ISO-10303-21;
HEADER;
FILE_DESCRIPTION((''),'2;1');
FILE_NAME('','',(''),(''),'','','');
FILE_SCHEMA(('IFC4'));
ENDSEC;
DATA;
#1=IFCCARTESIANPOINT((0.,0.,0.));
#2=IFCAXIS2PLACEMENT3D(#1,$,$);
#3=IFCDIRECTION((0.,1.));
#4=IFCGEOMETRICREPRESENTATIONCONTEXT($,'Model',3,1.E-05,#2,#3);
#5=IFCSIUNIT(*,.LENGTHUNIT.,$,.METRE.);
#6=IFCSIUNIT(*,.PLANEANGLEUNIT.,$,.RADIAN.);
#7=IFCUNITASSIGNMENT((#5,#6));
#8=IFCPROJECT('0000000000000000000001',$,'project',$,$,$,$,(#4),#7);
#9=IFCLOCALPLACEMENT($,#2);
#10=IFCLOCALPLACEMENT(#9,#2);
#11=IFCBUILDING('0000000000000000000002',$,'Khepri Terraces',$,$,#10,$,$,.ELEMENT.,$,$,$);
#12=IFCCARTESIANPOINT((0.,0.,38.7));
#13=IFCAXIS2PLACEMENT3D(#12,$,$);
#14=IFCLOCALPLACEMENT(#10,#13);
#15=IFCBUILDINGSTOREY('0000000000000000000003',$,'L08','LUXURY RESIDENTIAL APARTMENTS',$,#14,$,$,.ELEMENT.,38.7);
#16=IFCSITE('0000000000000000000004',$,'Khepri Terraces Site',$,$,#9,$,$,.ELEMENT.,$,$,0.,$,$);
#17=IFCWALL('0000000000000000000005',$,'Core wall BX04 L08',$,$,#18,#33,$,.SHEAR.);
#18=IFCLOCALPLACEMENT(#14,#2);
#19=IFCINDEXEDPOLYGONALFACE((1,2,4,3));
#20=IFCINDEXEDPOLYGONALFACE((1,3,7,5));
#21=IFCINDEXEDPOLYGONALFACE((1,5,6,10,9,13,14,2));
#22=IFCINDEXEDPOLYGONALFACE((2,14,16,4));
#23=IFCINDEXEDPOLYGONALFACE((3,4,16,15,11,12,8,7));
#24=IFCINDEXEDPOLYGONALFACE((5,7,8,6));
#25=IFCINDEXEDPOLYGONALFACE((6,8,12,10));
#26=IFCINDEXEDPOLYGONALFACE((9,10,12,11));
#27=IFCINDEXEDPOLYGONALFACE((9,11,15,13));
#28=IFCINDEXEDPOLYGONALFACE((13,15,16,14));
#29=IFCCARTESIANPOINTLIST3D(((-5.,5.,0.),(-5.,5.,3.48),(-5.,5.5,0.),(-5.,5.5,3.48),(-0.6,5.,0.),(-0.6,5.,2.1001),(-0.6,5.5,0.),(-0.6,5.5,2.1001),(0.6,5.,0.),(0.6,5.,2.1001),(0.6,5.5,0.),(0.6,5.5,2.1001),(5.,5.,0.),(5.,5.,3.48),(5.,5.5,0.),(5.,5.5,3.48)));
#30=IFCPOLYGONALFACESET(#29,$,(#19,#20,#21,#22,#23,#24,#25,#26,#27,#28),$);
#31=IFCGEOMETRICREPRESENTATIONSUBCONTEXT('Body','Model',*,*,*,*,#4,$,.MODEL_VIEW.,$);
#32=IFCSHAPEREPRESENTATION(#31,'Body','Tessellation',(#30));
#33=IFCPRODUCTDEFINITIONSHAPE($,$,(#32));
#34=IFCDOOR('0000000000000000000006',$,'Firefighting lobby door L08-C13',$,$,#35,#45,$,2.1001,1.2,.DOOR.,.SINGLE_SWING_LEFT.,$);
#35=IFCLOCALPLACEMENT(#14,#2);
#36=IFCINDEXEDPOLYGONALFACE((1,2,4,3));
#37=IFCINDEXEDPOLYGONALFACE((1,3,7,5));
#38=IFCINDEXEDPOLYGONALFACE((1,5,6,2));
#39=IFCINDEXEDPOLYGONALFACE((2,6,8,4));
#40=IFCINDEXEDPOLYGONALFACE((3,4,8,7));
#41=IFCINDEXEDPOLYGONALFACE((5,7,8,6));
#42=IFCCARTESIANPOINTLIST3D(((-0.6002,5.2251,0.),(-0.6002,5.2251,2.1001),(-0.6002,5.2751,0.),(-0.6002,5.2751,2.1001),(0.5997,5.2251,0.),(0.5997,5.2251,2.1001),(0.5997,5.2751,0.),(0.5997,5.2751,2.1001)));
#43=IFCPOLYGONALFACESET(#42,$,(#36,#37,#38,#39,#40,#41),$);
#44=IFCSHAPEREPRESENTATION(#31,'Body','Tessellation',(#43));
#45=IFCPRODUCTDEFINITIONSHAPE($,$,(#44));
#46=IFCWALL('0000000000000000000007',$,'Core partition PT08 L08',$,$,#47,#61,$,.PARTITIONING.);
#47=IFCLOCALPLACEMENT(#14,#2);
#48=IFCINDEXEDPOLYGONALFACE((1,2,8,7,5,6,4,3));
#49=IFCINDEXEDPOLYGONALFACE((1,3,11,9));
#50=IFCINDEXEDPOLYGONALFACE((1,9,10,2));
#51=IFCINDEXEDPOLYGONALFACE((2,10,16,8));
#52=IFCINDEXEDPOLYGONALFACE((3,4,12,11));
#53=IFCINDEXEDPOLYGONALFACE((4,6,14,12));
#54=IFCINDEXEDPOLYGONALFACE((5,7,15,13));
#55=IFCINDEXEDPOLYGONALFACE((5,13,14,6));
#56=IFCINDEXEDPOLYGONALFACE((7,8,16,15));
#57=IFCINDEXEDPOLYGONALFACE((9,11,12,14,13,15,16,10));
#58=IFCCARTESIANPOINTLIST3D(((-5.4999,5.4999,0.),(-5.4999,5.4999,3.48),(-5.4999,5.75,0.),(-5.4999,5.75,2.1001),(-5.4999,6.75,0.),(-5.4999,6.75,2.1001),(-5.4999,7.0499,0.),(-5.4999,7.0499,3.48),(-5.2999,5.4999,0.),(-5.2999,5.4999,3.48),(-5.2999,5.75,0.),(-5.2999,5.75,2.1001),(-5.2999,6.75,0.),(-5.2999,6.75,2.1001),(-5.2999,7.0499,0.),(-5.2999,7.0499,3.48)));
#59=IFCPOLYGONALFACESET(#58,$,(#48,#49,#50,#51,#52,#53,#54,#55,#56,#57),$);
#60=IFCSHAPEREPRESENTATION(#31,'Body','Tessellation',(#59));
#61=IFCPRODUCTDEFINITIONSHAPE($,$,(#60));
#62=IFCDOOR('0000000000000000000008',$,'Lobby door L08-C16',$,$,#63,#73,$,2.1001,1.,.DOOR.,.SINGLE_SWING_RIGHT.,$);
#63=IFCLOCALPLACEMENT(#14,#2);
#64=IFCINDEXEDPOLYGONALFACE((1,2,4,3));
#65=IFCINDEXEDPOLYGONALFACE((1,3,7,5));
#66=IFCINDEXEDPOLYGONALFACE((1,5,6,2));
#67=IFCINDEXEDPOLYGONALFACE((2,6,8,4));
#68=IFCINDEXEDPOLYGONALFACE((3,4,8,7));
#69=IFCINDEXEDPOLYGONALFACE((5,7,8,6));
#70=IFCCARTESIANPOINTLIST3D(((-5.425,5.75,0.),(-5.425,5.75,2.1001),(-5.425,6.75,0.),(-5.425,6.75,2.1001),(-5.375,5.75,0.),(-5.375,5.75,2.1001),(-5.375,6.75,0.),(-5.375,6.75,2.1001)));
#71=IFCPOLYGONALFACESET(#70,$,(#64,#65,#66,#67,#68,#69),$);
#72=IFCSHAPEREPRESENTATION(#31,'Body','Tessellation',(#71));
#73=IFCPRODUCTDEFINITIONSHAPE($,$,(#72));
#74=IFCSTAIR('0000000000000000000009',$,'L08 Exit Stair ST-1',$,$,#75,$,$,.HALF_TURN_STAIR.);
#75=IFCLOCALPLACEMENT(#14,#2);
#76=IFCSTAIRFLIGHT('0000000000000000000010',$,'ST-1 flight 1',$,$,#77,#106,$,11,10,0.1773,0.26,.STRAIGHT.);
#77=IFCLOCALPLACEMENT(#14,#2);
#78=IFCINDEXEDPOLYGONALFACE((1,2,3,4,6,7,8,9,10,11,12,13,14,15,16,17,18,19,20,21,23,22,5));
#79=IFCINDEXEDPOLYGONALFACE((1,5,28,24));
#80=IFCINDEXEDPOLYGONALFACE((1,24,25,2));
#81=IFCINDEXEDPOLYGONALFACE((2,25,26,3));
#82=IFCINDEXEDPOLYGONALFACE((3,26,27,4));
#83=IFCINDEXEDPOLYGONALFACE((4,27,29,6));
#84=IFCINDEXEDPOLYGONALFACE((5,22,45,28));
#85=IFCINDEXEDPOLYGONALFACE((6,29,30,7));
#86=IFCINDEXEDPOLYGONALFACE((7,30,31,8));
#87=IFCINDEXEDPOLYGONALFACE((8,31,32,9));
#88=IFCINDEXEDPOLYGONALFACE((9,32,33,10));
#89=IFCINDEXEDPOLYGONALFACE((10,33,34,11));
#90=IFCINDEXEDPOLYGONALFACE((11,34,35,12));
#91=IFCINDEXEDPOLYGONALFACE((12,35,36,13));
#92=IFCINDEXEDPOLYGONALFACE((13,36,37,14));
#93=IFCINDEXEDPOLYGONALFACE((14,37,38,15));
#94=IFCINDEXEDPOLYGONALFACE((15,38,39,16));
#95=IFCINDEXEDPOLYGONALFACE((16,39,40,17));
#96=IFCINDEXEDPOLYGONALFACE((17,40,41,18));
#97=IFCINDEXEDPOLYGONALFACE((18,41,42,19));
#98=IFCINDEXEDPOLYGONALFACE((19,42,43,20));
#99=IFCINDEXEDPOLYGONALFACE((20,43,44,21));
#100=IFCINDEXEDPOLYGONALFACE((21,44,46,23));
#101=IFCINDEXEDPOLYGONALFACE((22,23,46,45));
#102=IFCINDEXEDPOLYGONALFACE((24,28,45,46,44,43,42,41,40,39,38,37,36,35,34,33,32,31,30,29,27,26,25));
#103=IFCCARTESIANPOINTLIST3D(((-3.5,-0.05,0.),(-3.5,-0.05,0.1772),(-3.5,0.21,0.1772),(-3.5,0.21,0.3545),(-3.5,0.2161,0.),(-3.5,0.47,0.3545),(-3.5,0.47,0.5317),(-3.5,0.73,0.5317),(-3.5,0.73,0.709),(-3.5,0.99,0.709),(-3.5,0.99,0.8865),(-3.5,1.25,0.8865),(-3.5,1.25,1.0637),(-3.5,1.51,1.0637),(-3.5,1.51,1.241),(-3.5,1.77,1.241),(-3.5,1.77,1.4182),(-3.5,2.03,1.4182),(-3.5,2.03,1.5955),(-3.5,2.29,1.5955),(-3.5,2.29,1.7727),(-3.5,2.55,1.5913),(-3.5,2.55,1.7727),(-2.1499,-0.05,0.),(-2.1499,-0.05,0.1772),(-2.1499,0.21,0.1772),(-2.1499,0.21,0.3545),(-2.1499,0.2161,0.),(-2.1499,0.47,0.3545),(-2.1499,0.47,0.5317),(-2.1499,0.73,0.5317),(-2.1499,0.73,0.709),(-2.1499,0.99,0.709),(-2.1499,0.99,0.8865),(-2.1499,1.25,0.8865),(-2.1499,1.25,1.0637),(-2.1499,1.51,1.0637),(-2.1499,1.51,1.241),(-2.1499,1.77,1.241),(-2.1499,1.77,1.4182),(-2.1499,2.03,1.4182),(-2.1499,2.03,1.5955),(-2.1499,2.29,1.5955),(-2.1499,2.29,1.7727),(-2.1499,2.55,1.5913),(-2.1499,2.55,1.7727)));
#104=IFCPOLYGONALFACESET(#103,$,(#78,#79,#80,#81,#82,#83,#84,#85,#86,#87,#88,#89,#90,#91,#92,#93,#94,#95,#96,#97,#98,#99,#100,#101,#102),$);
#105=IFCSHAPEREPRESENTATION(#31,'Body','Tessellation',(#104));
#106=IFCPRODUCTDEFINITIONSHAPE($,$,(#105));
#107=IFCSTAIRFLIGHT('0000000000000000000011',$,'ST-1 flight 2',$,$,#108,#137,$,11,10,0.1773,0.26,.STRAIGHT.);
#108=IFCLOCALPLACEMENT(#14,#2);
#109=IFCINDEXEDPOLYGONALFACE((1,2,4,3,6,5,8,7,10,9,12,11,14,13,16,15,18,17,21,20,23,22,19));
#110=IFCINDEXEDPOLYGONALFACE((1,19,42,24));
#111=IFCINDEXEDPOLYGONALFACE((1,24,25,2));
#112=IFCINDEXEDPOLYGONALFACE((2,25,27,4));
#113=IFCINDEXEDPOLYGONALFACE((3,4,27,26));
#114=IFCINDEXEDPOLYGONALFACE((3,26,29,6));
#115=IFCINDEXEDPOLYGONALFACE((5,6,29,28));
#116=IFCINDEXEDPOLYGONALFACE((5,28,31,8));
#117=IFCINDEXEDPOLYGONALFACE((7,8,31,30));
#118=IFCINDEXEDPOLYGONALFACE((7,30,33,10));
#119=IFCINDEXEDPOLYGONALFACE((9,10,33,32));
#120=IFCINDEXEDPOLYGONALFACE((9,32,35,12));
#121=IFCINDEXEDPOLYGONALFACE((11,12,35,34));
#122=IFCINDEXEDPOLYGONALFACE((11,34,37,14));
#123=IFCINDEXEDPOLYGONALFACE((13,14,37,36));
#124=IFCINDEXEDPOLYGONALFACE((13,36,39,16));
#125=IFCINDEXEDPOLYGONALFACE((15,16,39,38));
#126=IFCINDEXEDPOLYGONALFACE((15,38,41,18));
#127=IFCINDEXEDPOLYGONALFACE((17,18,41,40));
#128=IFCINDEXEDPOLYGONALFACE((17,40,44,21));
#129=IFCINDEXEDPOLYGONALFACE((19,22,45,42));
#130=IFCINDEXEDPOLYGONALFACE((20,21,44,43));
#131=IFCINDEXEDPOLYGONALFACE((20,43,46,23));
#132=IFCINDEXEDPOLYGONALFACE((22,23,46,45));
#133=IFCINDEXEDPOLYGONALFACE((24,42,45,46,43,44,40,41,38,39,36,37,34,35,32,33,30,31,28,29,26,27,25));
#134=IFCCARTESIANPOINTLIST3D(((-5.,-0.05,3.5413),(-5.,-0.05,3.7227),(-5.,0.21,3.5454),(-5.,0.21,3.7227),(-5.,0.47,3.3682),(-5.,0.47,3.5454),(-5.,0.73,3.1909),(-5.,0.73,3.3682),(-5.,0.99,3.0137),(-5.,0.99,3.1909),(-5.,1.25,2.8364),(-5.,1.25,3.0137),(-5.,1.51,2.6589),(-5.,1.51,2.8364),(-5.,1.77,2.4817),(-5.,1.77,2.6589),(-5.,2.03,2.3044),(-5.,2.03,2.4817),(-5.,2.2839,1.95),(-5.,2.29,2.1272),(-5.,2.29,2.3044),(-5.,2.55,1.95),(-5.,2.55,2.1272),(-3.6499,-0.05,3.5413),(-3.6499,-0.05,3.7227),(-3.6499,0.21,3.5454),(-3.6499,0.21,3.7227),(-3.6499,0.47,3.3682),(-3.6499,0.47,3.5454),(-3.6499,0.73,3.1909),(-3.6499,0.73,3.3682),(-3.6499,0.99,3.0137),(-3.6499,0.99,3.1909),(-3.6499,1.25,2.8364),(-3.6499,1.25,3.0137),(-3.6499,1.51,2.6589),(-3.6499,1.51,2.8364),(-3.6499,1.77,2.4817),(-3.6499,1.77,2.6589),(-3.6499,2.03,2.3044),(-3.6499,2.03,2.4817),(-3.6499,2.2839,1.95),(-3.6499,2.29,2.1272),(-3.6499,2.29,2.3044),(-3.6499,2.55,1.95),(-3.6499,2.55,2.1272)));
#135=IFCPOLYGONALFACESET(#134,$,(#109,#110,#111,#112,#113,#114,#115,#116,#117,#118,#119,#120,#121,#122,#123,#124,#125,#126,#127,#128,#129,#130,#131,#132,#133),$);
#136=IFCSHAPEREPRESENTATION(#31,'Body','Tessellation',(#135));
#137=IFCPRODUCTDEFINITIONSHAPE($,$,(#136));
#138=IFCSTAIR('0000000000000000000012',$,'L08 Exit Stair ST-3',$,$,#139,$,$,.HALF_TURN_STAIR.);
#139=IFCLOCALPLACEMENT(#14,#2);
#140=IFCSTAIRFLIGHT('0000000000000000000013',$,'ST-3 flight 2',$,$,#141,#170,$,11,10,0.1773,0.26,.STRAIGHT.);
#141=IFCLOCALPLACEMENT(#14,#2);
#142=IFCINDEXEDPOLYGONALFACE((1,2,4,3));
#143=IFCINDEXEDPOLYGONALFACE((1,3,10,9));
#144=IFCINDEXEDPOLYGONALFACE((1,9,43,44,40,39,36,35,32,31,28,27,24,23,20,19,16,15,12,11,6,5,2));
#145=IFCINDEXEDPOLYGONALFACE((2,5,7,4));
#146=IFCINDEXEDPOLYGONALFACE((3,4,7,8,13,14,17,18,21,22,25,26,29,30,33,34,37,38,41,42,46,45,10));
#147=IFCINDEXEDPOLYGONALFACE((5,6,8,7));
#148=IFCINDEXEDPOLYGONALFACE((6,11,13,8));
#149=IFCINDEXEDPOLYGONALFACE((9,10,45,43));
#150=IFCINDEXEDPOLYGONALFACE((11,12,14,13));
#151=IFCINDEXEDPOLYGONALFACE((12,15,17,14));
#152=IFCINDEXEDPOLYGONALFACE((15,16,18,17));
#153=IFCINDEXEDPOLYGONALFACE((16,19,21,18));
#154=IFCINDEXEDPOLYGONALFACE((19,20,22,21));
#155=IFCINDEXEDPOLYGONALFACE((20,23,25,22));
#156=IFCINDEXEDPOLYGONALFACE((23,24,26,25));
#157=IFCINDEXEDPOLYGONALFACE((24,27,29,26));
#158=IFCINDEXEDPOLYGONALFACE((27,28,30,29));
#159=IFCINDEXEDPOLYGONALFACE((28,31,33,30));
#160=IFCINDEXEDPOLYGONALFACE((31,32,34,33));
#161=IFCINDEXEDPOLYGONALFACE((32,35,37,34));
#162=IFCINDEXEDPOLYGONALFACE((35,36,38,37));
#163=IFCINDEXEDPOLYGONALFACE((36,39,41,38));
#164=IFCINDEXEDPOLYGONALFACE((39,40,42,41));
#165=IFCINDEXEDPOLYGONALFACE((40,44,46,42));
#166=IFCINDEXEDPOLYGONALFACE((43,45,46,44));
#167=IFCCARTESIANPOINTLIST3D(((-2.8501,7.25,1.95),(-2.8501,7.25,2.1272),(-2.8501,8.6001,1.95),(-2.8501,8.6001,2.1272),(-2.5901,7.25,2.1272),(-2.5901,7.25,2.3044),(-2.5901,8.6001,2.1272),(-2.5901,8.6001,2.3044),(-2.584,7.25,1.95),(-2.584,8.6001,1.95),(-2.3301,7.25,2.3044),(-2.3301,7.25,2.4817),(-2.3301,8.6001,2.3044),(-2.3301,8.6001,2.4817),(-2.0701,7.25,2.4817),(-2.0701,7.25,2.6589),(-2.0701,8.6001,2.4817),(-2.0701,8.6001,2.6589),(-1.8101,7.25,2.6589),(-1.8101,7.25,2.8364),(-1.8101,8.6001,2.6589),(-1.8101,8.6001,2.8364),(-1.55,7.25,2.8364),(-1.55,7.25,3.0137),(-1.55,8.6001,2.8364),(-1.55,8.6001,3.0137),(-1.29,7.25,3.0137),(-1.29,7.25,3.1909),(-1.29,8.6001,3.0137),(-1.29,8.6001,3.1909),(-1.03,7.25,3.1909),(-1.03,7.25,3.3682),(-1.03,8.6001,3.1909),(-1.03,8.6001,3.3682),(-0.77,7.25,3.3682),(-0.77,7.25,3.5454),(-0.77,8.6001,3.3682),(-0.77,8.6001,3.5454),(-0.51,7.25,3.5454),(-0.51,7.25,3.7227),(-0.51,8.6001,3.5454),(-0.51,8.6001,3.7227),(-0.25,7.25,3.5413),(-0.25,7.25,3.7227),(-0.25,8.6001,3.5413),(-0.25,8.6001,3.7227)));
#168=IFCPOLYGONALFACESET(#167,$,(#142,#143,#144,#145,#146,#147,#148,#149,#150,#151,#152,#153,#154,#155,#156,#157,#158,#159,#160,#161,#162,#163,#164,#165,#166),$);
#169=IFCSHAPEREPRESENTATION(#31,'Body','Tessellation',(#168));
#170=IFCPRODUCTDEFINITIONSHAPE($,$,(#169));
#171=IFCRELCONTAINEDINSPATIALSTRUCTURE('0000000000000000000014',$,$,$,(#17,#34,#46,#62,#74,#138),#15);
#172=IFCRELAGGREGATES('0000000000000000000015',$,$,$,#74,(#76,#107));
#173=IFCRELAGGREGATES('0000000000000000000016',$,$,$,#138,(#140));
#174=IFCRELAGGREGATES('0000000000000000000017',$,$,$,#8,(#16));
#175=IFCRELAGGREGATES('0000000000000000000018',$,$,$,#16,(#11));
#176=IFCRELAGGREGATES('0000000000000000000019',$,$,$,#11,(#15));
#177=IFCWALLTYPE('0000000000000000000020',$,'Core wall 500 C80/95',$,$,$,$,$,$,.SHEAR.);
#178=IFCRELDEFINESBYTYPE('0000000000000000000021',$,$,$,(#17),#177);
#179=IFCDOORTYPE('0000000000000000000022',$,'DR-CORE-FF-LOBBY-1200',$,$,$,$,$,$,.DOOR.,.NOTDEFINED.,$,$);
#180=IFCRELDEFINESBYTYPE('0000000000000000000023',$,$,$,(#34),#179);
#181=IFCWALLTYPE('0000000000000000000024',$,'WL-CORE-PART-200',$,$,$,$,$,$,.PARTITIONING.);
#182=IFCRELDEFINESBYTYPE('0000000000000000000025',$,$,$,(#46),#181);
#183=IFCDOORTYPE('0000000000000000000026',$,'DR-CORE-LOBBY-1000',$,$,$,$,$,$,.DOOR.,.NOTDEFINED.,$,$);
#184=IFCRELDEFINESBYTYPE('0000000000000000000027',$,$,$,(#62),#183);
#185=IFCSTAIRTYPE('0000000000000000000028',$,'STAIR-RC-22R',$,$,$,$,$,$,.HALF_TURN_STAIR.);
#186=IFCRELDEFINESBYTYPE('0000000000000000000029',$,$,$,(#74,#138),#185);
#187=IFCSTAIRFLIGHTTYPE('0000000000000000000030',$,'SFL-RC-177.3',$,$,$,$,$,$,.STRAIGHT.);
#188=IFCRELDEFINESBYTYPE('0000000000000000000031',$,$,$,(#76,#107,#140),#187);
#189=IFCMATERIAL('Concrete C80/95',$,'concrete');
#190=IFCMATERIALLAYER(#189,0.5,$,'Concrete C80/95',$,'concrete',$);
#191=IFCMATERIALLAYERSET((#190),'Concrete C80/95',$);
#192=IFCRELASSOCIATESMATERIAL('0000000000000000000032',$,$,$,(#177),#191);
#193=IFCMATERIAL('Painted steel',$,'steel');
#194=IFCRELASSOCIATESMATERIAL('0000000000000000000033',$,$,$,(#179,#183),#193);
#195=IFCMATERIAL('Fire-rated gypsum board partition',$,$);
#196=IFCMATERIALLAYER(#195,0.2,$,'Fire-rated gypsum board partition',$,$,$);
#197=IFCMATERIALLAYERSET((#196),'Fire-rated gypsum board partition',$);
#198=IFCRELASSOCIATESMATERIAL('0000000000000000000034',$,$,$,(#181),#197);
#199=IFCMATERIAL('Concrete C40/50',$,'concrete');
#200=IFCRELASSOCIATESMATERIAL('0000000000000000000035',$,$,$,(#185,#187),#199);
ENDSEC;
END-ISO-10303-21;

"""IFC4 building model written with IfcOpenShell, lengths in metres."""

from ifc_helpers import new_model, si_unit, direction, frame, frame_2d, origin, place, context, subcontext, project, spatial, polyline, rectangle, outline, extrude, material, layer, layer_set, type_object, element, fill, aggregate, save


model = new_model("IFC4")

# Units and contexts
model_context = context("Model", 3, precision=1e-05, world=origin(), true_north=direction((0.0, 1.0)))
body_context = subcontext(model_context, "Body", "Model", "MODEL_VIEW")
ifc_project = project(units=[si_unit("LENGTHUNIT", "METRE"), si_unit("PLANEANGLEUNIT", "RADIAN")], contexts=[model_context])

# Site, building, storey
site_placement = place(None, origin())
site = spatial("IfcSite", under=ifc_project, at=site_placement, Name="Khepri Terraces Site", CompositionType="ELEMENT", RefElevation=0.0)
building_placement = place(site_placement, origin())
building = spatial("IfcBuilding", under=site, at=building_placement, Name="Khepri Terraces", CompositionType="ELEMENT")
storey_placement = place(building_placement, frame((0.0, 0.0, 38.7)))
storey = spatial("IfcBuildingStorey", under=building, at=storey_placement, Name="L08", Description="LUXURY RESIDENTIAL APARTMENTS", CompositionType="ELEMENT", Elevation=38.7)

# Shared definitions
ifc_material_1 = material(Name="Concrete C40/50", Category="concrete")

# Shared definitions
ifc_material_2 = material(Name="Concrete C80/95", Category="concrete")

# Walls, openings, doors
ifc_layer_1 = layer(ifc_material_2, 0.5, Name="Concrete C80/95", Category="concrete")
ifc_layer_set_1 = layer_set([ifc_layer_1], Name="Concrete C80/95")
wall_type_1 = type_object("IfcWallType", Name="Core wall 500 C80/95", PredefinedType="SHEAR", material=ifc_layer_set_1)
wall_1_placement = place(storey_placement, frame((-5.0, 5.25, 0.0), z_axis=(0.0, 0.0, 1.0), x_axis=(1.0, 0.0, 0.0)))
wall_1 = element("IfcWall", 1, at=wall_1_placement, inside=storey, type_object=wall_type_1, Name="Core wall BX04 L08", PredefinedType="SHEAR", context=body_context, shape_type="SweptSolid", body=[
    extrude(rectangle(XDim=10.0, YDim=0.5, at=frame_2d((5.0, 0.0))), origin(), (0.0, 0.0, 1.0), 3.48),
])
opening_1_placement = place(wall_1_placement, frame((4.3999, 0.0, 0.0)))
opening_1 = element("IfcOpeningElement", 2, at=opening_1_placement, cuts=wall_1, PredefinedType="OPENING", context=body_context, shape_type="SweptSolid", body=[
    extrude(rectangle(XDim=1.2, YDim=2.1001, at=frame_2d((0.6001, 1.05))), frame((0.0, 0.26, 0.0), z_axis=(0.0, -1.0, 0.0), x_axis=(1.0, 0.0, 0.0)), (0.0, 0.0, 1.0), 0.52),
])
ifc_material_3 = material(Name="Painted steel", Category="steel")
door_type_1 = type_object("IfcDoorType", Name="DR-CORE-FF-LOBBY-1200", OperationType="NOTDEFINED", PredefinedType="DOOR", material=ifc_material_3)
door_1_placement = place(opening_1_placement, frame((1.2, 0.0, 0.0), z_axis=(0.0, 0.0, 1.0), x_axis=(-1.0, 0.0, 0.0)))
door_1 = element("IfcDoor", 3, at=door_1_placement, inside=storey, type_object=door_type_1, Name="Firefighting lobby door L08-C13", OperationType="SINGLE_SWING_LEFT", OverallHeight=2.1001, OverallWidth=1.2, PredefinedType="DOOR", context=body_context, shape_type="SweptSolid", body=[
    extrude(rectangle(XDim=1.2, YDim=2.1001, at=frame_2d((0.6001, 1.05))), frame((0.0, 0.0249, 0.0), z_axis=(0.0, -1.0, 0.0), x_axis=(1.0, 0.0, 0.0)), (0.0, 0.0, 1.0), 0.05),
])
fill(opening_1, door_1)
ifc_material_4 = material(Name="Fire-rated gypsum board partition")
ifc_layer_2 = layer(ifc_material_4, 0.2, Name="Fire-rated gypsum board partition")
ifc_layer_set_2 = layer_set([ifc_layer_2], Name="Fire-rated gypsum board partition")
wall_type_2 = type_object("IfcWallType", Name="WL-CORE-PART-200", PredefinedType="PARTITIONING", material=ifc_layer_set_2)
wall_2_placement = place(storey_placement, frame((-5.3999, 5.5, 0.0), z_axis=(0.0, 0.0, 1.0), x_axis=(0.0, 1.0, 0.0)))
wall_2 = element("IfcWall", 4, at=wall_2_placement, inside=storey, type_object=wall_type_2, Name="Core partition PT08 L08", PredefinedType="PARTITIONING", context=body_context, shape_type="SweptSolid", body=[
    extrude(rectangle(XDim=1.55, YDim=0.2, at=frame_2d((0.7749, 0.0))), origin(), (0.0, 0.0, 1.0), 3.48),
])
opening_2_placement = place(wall_2_placement, frame((0.25, 0.0, 0.0)))
opening_2 = element("IfcOpeningElement", 5, at=opening_2_placement, cuts=wall_2, PredefinedType="OPENING", context=body_context, shape_type="SweptSolid", body=[
    extrude(rectangle(XDim=1.0, YDim=2.1001, at=frame_2d((0.5, 1.05))), frame((0.0, 0.1099, 0.0), z_axis=(0.0, -1.0, 0.0), x_axis=(1.0, 0.0, 0.0)), (0.0, 0.0, 1.0), 0.22),
])
door_type_2 = type_object("IfcDoorType", Name="DR-CORE-LOBBY-1000", OperationType="NOTDEFINED", PredefinedType="DOOR", material=ifc_material_3)
door_2_placement = place(opening_2_placement, frame((1.0, 0.0, 0.0), z_axis=(0.0, 0.0, 1.0), x_axis=(-1.0, 0.0, 0.0)))
door_2 = element("IfcDoor", 6, at=door_2_placement, inside=storey, type_object=door_type_2, Name="Lobby door L08-C16", OperationType="SINGLE_SWING_RIGHT", OverallHeight=2.1001, OverallWidth=1.0, PredefinedType="DOOR", context=body_context, shape_type="SweptSolid", body=[
    extrude(rectangle(XDim=1.0, YDim=2.1001, at=frame_2d((0.5, 1.05))), frame((0.0, 0.0249, 0.0), z_axis=(0.0, -1.0, 0.0), x_axis=(1.0, 0.0, 0.0)), (0.0, 0.0, 1.0), 0.05),
])
fill(opening_2, door_2)

# Stair, stair flights
stair_type = type_object("IfcStairType", Name="STAIR-RC-22R", PredefinedType="HALF_TURN_STAIR", material=ifc_material_1)
stair_1_placement = place(storey_placement, origin())
stair_1 = element("IfcStair", 7, at=stair_1_placement, inside=storey, type_object=stair_type, Name="L08 Exit Stair ST-1", PredefinedType="HALF_TURN_STAIR")
stair_flight_type = type_object("IfcStairFlightType", Name="SFL-RC-177.3", PredefinedType="STRAIGHT", material=ifc_material_1)
stair_flight_1_placement = place(storey_placement, frame((-2.825, -0.05, 0.0), z_axis=(0.0, 0.0, 1.0), x_axis=(0.0, 1.0, 0.0)))
stair_flight_1 = element("IfcStairFlight", 8, at=stair_flight_1_placement, type_object=stair_flight_type, Name="ST-1 flight 1", NumberOfRisers=11, NumberOfTreads=10, PredefinedType="STRAIGHT", RiserHeight=0.1773, TreadLength=0.26, context=body_context, shape_type="SweptSolid", body=[
    extrude(outline(polyline([(0.0, 0.0), (0.0, 0.1772), (0.26, 0.1772), (0.26, 0.3545), (0.52, 0.3545), (0.52, 0.5317), (0.78, 0.5317), (0.78, 0.709), (1.04, 0.709), (1.04, 0.8865), (1.3, 0.8865), (1.3, 1.0637), (1.5601, 1.0637), (1.5601, 1.241), (1.8201, 1.241), (1.8201, 1.4182), (2.0801, 1.4182), (2.0801, 1.5955), (2.3401, 1.5955), (2.3401, 1.7727), (2.6001, 1.7727), (2.6001, 1.95), (2.6001, 1.5913), (0.2661, 0.0), (0.0, 0.0)])), frame((0.0, 0.675, 0.0), z_axis=(0.0, -1.0, 0.0), x_axis=(1.0, 0.0, 0.0)), (0.0, 0.0, 1.0), 1.3501),
])
stair_flight_2_placement = place(storey_placement, frame((-4.325, 2.55, 1.95), z_axis=(0.0, 0.0, 1.0), x_axis=(0.0, -1.0, 0.0)))
stair_flight_2 = element("IfcStairFlight", 9, at=stair_flight_2_placement, type_object=stair_flight_type, Name="ST-1 flight 2", NumberOfRisers=11, NumberOfTreads=10, PredefinedType="STRAIGHT", RiserHeight=0.1773, TreadLength=0.26, context=body_context, shape_type="SweptSolid", body=[
    extrude(outline(polyline([(0.0, 0.0), (0.0, 0.1772), (0.26, 0.1772), (0.26, 0.3545), (0.52, 0.3545), (0.52, 0.5317), (0.78, 0.5317), (0.78, 0.709), (1.04, 0.709), (1.04, 0.8865), (1.3, 0.8865), (1.3, 1.0637), (1.5601, 1.0637), (1.5601, 1.241), (1.8201, 1.241), (1.8201, 1.4182), (2.0801, 1.4182), (2.0801, 1.5955), (2.3401, 1.5955), (2.3401, 1.7727), (2.6001, 1.7727), (2.6001, 1.95), (2.6001, 1.5913), (0.2661, 0.0), (0.0, 0.0)])), frame((0.0, 0.675, 0.0), z_axis=(0.0, -1.0, 0.0), x_axis=(1.0, 0.0, 0.0)), (0.0, 0.0, 1.0), 1.3501),
])
aggregate(stair_1, [stair_flight_1, stair_flight_2])

# Stair, stair flight
stair_2_placement = place(storey_placement, origin())
stair_2 = element("IfcStair", 10, at=stair_2_placement, inside=storey, type_object=stair_type, Name="L08 Exit Stair ST-3", PredefinedType="HALF_TURN_STAIR")
stair_flight_3_placement = place(storey_placement, frame((-2.8501, 7.925, 1.95), z_axis=(0.0, 0.0, 1.0), x_axis=(1.0, 0.0, 0.0)))
stair_flight_3 = element("IfcStairFlight", 11, at=stair_flight_3_placement, type_object=stair_flight_type, Name="ST-3 flight 2", NumberOfRisers=11, NumberOfTreads=10, PredefinedType="STRAIGHT", RiserHeight=0.1773, TreadLength=0.26, context=body_context, shape_type="SweptSolid", body=[
    extrude(outline(polyline([(0.0, 0.0), (0.0, 0.1772), (0.26, 0.1772), (0.26, 0.3545), (0.52, 0.3545), (0.52, 0.5317), (0.78, 0.5317), (0.78, 0.709), (1.04, 0.709), (1.04, 0.8865), (1.3, 0.8865), (1.3, 1.0637), (1.5601, 1.0637), (1.5601, 1.241), (1.8201, 1.241), (1.8201, 1.4182), (2.0801, 1.4182), (2.0801, 1.5955), (2.3401, 1.5955), (2.3401, 1.7727), (2.6001, 1.7727), (2.6001, 1.95), (2.6001, 1.5913), (0.2661, 0.0), (0.0, 0.0)])), frame((0.0, 0.675, 0.0), z_axis=(0.0, -1.0, 0.0), x_axis=(1.0, 0.0, 0.0)), (0.0, 0.0, 1.0), 1.3501),
])
aggregate(stair_2, [stair_flight_3])

save(model, "model.ifc")
